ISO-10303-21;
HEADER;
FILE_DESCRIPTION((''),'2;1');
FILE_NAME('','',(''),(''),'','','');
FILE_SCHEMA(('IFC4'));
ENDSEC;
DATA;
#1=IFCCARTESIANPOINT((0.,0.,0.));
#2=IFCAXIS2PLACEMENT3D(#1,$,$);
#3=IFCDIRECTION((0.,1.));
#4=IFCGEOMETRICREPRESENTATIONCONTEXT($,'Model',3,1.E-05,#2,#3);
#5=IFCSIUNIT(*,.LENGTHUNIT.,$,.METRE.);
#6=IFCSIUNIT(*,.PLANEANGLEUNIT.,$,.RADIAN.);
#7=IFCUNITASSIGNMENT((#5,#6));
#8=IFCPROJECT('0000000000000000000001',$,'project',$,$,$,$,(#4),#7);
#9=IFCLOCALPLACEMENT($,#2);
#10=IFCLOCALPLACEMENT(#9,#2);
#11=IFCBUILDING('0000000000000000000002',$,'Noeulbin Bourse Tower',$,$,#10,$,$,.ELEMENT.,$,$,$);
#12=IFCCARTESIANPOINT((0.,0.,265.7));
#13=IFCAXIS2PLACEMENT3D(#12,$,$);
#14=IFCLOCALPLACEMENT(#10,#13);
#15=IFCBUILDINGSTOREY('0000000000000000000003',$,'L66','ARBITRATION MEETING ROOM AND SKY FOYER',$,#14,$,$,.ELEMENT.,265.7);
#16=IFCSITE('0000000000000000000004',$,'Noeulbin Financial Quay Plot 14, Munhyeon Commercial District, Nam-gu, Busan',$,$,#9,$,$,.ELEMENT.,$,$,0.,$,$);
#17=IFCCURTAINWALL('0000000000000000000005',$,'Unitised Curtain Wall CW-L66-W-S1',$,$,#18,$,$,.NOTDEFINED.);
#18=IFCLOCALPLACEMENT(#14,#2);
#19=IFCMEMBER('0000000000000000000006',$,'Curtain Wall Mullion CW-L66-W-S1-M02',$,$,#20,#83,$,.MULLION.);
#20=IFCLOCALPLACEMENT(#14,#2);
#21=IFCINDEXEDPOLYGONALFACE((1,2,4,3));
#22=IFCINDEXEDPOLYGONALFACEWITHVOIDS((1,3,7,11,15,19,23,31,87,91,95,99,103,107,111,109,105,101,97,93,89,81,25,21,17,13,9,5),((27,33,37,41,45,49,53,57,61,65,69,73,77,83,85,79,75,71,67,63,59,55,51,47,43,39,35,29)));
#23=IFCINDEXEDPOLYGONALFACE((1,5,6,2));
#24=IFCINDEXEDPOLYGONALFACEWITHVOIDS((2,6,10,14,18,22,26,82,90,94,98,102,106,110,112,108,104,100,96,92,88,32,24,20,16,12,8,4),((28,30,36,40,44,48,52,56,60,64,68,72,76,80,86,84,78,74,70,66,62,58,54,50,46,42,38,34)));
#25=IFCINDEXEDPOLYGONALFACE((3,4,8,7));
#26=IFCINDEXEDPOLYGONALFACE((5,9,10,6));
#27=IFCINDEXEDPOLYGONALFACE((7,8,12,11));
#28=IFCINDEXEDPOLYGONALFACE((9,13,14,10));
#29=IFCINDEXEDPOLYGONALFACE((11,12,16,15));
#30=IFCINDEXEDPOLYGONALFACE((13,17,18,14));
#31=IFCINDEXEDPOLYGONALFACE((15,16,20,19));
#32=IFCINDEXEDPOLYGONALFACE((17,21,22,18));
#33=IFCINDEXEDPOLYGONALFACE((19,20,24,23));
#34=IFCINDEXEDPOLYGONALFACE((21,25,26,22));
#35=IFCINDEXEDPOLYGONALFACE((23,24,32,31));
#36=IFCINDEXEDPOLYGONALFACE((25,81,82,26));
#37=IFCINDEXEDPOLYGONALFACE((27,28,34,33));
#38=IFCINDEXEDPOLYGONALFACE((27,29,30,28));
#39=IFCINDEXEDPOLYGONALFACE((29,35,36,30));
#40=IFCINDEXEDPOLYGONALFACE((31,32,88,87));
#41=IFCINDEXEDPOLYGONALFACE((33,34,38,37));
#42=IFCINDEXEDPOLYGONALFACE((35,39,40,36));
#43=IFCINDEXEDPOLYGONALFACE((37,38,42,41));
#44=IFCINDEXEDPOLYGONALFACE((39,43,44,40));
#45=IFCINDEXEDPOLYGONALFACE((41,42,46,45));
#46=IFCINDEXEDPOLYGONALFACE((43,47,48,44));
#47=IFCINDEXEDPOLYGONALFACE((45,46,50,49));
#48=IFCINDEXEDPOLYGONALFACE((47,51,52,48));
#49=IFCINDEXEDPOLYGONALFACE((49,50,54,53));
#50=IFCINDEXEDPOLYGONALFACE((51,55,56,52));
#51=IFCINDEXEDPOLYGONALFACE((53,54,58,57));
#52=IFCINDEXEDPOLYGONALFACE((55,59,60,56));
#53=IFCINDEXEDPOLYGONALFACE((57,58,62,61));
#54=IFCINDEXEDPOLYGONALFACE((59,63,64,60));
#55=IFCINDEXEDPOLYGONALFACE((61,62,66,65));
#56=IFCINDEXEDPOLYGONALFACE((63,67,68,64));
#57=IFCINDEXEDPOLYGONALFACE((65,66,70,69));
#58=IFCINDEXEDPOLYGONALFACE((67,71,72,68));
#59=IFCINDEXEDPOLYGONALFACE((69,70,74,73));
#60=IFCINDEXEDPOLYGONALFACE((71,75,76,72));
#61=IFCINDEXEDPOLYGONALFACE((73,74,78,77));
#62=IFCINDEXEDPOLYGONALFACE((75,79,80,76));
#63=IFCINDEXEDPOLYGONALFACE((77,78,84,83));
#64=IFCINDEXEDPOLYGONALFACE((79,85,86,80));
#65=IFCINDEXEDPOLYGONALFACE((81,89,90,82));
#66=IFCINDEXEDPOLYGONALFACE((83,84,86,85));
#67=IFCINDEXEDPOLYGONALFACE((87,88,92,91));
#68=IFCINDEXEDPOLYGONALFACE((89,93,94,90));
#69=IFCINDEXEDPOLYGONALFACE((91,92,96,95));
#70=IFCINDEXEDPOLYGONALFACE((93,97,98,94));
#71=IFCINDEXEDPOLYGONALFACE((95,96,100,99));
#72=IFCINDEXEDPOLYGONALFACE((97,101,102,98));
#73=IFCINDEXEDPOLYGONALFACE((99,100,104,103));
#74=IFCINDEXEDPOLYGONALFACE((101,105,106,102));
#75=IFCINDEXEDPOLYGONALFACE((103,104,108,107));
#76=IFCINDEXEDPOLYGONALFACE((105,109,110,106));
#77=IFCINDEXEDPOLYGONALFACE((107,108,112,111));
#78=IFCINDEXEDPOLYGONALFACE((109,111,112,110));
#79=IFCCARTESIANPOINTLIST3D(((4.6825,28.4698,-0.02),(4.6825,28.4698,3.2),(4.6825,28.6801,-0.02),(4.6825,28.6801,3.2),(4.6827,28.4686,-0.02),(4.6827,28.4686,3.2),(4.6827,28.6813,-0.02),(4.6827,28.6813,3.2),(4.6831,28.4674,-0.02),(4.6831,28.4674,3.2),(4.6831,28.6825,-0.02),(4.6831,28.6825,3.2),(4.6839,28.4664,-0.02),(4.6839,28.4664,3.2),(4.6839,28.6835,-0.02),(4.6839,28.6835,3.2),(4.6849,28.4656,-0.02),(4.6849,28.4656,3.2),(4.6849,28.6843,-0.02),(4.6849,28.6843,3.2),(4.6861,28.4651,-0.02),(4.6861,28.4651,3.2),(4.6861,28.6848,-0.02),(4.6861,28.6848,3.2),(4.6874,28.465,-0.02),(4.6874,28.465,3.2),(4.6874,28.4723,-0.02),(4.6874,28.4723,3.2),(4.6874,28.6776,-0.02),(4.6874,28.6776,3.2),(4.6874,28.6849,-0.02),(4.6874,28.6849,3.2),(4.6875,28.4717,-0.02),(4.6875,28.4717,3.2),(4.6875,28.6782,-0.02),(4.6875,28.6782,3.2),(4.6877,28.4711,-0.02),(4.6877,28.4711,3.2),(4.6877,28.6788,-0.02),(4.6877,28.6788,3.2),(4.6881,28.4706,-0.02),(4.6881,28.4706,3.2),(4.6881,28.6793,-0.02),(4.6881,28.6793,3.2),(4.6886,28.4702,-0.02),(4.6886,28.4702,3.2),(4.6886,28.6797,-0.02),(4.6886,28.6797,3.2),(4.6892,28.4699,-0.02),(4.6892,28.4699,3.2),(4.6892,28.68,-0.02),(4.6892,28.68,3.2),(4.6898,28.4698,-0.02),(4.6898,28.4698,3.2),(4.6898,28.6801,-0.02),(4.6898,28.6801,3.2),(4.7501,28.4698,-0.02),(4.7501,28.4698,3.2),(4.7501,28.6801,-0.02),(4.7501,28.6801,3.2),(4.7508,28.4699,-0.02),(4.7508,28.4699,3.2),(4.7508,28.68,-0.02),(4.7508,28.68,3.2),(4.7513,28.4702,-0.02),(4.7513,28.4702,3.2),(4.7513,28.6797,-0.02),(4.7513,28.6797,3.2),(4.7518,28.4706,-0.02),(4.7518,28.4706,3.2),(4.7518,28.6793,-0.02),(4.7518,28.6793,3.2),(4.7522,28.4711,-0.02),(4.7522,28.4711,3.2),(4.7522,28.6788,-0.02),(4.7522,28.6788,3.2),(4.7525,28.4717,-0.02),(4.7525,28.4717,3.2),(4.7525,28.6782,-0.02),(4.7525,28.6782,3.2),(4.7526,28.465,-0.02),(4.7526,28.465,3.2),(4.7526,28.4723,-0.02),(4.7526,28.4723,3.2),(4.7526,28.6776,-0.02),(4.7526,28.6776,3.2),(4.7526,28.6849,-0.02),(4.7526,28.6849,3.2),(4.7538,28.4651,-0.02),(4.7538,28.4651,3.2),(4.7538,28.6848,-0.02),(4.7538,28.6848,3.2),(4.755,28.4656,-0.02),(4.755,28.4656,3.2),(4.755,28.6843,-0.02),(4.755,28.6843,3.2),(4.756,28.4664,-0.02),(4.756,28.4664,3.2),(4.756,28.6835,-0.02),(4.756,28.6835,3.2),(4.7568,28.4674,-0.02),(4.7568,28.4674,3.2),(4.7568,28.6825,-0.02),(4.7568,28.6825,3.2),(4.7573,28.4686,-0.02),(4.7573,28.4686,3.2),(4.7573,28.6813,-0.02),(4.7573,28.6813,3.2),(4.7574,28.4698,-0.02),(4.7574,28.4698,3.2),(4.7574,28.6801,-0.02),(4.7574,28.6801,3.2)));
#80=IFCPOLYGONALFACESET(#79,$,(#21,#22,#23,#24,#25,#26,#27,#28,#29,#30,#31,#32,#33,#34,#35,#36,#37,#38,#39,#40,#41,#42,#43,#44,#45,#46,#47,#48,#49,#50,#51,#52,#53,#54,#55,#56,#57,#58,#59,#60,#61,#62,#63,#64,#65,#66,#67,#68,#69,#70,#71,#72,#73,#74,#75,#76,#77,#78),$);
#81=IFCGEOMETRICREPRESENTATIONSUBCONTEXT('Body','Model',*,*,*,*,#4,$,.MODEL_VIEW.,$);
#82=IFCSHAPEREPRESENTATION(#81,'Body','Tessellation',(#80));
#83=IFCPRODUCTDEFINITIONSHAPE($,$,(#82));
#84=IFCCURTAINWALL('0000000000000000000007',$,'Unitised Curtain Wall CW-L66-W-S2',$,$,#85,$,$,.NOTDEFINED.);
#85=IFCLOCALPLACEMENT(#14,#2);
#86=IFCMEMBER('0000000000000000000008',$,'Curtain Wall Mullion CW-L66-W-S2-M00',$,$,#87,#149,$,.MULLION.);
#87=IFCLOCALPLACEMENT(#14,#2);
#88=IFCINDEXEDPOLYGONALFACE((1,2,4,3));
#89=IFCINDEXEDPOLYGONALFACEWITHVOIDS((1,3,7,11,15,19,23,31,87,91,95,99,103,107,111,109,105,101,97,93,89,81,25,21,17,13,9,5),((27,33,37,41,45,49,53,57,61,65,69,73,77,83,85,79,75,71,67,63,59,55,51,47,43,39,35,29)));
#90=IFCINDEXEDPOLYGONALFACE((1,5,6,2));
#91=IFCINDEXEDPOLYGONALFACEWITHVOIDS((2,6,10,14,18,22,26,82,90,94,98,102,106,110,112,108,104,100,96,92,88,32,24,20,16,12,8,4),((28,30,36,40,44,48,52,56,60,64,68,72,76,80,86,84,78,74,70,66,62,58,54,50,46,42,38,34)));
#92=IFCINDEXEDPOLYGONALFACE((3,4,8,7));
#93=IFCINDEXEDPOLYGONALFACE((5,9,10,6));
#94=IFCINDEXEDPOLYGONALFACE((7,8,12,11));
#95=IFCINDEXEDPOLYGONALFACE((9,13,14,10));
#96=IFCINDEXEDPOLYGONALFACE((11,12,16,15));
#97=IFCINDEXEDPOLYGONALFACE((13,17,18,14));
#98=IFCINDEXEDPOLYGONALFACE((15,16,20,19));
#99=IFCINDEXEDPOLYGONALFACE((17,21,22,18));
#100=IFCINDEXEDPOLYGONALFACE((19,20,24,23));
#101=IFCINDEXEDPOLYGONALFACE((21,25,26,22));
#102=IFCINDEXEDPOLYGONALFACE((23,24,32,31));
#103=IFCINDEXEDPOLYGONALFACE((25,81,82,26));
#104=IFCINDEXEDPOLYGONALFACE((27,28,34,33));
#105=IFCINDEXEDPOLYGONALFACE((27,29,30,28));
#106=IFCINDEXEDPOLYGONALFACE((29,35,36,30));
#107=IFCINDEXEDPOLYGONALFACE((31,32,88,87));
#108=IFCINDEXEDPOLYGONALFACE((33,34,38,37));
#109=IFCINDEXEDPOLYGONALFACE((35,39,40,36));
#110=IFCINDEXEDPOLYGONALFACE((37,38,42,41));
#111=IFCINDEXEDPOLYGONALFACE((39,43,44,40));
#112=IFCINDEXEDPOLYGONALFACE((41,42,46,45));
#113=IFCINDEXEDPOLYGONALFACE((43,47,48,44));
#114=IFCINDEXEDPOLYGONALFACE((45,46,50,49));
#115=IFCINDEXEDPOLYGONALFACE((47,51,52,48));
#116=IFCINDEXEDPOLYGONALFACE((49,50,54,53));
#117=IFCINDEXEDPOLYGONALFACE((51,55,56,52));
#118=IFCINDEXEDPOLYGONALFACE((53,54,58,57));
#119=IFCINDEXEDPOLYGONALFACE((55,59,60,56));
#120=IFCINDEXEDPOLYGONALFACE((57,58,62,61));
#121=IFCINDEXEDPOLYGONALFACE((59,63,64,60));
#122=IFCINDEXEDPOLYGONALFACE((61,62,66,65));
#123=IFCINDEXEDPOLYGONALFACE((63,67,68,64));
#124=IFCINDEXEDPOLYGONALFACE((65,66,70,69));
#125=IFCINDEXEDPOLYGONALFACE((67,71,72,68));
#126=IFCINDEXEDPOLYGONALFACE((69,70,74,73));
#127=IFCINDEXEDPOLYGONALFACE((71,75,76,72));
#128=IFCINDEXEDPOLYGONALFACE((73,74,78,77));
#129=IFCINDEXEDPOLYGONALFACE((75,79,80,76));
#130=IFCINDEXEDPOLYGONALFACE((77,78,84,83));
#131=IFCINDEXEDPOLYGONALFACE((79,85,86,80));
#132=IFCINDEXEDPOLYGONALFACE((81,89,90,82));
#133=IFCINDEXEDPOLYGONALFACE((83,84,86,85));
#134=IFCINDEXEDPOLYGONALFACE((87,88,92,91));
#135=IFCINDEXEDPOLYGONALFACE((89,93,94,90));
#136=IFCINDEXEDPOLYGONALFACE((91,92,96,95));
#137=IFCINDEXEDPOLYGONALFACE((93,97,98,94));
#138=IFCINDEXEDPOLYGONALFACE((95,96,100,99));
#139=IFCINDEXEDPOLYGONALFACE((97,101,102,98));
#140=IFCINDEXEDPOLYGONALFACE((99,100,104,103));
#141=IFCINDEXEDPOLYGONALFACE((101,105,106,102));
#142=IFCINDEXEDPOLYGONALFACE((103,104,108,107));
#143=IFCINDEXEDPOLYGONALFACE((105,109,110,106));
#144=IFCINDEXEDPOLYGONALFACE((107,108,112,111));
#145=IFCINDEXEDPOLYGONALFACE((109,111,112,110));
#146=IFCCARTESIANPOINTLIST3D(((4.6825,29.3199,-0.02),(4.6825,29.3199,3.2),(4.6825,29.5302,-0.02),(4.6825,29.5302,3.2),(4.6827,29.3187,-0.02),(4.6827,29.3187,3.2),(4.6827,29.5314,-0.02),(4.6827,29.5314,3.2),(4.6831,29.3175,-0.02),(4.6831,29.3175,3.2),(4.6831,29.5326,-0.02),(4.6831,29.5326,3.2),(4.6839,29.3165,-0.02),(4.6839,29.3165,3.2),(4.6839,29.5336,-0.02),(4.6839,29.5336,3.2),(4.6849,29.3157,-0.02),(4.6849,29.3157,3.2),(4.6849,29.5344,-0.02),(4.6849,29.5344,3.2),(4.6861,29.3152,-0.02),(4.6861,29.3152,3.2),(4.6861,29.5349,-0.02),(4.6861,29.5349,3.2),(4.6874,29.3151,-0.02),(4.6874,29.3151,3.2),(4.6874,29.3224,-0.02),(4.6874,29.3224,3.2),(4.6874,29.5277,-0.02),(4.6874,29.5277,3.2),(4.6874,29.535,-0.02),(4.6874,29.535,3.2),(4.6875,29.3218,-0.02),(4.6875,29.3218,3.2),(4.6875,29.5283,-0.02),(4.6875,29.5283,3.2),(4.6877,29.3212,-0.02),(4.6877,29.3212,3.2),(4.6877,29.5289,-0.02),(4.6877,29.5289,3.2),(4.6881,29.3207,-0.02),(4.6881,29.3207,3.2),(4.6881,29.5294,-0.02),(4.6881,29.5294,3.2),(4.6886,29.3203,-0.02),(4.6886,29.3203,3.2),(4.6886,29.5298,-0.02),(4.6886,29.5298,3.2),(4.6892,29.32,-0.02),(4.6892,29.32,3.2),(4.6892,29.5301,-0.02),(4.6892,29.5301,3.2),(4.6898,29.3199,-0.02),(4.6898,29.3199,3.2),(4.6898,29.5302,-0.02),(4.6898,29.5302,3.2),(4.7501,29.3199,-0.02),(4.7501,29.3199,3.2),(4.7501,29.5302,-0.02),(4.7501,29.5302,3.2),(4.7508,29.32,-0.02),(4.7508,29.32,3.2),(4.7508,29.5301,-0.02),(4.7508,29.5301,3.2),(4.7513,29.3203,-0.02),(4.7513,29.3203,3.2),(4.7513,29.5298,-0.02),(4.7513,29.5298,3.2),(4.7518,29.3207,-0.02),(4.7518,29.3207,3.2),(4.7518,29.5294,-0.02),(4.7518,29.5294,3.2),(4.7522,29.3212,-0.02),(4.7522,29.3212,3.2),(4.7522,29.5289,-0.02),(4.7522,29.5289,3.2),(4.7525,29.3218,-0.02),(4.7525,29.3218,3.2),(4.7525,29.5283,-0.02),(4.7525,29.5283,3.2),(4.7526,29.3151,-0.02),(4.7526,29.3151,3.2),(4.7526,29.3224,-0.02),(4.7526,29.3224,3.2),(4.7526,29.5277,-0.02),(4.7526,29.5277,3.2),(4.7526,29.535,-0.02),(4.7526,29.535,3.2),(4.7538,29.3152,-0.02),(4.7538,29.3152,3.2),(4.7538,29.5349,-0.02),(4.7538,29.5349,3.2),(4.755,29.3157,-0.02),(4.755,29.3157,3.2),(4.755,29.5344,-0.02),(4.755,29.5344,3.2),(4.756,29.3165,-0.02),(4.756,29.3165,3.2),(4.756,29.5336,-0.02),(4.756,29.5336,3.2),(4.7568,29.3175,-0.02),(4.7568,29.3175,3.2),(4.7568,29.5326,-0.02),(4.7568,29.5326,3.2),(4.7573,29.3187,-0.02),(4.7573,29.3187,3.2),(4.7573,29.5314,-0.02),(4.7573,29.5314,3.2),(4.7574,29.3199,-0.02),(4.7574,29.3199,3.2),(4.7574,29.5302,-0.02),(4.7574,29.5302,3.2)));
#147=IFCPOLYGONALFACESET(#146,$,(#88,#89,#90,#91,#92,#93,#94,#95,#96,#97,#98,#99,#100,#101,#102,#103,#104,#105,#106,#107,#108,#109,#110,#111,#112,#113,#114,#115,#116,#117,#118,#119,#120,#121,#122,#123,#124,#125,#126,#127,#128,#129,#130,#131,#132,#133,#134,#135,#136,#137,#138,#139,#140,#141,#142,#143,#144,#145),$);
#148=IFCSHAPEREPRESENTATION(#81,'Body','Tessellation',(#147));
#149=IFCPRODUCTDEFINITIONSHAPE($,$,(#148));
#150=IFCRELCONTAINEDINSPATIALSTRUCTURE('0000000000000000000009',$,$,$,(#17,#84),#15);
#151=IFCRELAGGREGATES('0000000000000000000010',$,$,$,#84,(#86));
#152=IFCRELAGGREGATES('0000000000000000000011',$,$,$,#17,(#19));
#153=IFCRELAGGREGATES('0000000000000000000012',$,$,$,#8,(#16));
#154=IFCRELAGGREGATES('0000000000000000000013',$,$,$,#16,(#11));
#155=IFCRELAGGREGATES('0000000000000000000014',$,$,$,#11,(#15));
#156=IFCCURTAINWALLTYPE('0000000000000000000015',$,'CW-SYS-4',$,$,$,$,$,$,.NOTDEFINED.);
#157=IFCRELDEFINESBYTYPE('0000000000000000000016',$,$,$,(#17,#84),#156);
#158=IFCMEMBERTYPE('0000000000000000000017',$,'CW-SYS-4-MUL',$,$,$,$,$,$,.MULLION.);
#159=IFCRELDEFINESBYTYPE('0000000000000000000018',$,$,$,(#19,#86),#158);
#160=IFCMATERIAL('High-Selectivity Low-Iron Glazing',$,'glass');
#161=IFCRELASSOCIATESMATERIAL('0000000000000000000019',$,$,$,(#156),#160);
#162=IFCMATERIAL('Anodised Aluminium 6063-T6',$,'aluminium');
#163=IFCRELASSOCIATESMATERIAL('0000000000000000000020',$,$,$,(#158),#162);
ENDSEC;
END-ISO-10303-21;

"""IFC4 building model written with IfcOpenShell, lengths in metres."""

from ifc_helpers import new_model, si_unit, direction, frame, origin, origin_2d, place, context, subcontext, project, spatial, hollow_rectangle, extrude, material, material_profile, profile_set, type_object, element, aggregate, save


model = new_model("IFC4")

# Units and contexts
model_context = context("Model", 3, precision=1e-05, world=origin(), true_north=direction((0.0, 1.0)))
body_context = subcontext(model_context, "Body", "Model", "MODEL_VIEW")
ifc_project = project(units=[si_unit("LENGTHUNIT", "METRE"), si_unit("PLANEANGLEUNIT", "RADIAN")], contexts=[model_context])

# Site, building, storey
site_placement = place(None, origin())
site = spatial("IfcSite", under=ifc_project, at=site_placement, Name="Noeulbin Financial Quay Plot 14, Munhyeon Commercial District, Nam-gu, Busan", CompositionType="ELEMENT", RefElevation=0.0)
building_placement = place(site_placement, origin())
building = spatial("IfcBuilding", under=site, at=building_placement, Name="Noeulbin Bourse Tower", CompositionType="ELEMENT")
storey_placement = place(building_placement, frame((0.0, 0.0, 265.7)))
storey = spatial("IfcBuildingStorey", under=building, at=storey_placement, Name="L66", Description="ARBITRATION MEETING ROOM AND SKY FOYER", CompositionType="ELEMENT", Elevation=265.7)

# Curtain wall, member
ifc_material_1 = material(Name="High-Selectivity Low-Iron Glazing", Category="glass")
curtain_wall_type = type_object("IfcCurtainWallType", Name="CW-SYS-4", PredefinedType="NOTDEFINED", material=ifc_material_1)
curtain_wall_1_placement = place(storey_placement, origin())
curtain_wall_1 = element("IfcCurtainWall", 1, at=curtain_wall_1_placement, inside=storey, type_object=curtain_wall_type, Name="Unitised Curtain Wall CW-L66-W-S1", PredefinedType="NOTDEFINED")
ifc_material_2 = material(Name="Anodised Aluminium 6063-T6", Category="aluminium")
ifc_material_profile_1 = material_profile(ifc_material_2, hollow_rectangle(XDim=0.075, YDim=0.22, WallThickness=0.0049, InnerFilletRadius=0.0024, OuterFilletRadius=0.0049, at=origin_2d()), Name="ALU-MULL-75x220x5", Category="LoadBearing")
ifc_profile_set_1 = profile_set([ifc_material_profile_1], Name="Anodised Aluminium 6063-T6")
member_type_1 = type_object("IfcMemberType", Name="CW-SYS-4-MUL", PredefinedType="MULLION", material=ifc_profile_set_1)
member_1_placement = place(storey_placement, frame((4.72, 28.575, -0.02), z_axis=(0.0, 0.0, 1.0), x_axis=(1.0, 0.0, 0.0)))
member_1 = element("IfcMember", 2, at=member_1_placement, type_object=member_type_1, Name="Curtain Wall Mullion CW-L66-W-S1-M02", PredefinedType="MULLION", context=body_context, shape_type="SweptSolid", body=[
    extrude(hollow_rectangle(XDim=0.075, YDim=0.22, WallThickness=0.0049, InnerFilletRadius=0.0024, OuterFilletRadius=0.0049, at=origin_2d()), origin(), (0.0, 0.0, 1.0), 3.22),
])

# Curtain wall, member
curtain_wall_2_placement = place(storey_placement, origin())
curtain_wall_2 = element("IfcCurtainWall", 3, at=curtain_wall_2_placement, inside=storey, type_object=curtain_wall_type, Name="Unitised Curtain Wall CW-L66-W-S2", PredefinedType="NOTDEFINED")
member_2_placement = place(storey_placement, frame((4.72, 29.425, -0.02), z_axis=(0.0, 0.0, 1.0), x_axis=(1.0, 0.0, 0.0)))
member_2 = element("IfcMember", 4, at=member_2_placement, type_object=member_type_1, Name="Curtain Wall Mullion CW-L66-W-S2-M00", PredefinedType="MULLION", context=body_context, shape_type="SweptSolid", body=[
    extrude(hollow_rectangle(XDim=0.075, YDim=0.22, WallThickness=0.0049, InnerFilletRadius=0.0024, OuterFilletRadius=0.0049, at=origin_2d()), origin(), (0.0, 0.0, 1.0), 3.22),
])

aggregate(curtain_wall_2, [member_2])

aggregate(curtain_wall_1, [member_1])

save(model, "model.ifc")
